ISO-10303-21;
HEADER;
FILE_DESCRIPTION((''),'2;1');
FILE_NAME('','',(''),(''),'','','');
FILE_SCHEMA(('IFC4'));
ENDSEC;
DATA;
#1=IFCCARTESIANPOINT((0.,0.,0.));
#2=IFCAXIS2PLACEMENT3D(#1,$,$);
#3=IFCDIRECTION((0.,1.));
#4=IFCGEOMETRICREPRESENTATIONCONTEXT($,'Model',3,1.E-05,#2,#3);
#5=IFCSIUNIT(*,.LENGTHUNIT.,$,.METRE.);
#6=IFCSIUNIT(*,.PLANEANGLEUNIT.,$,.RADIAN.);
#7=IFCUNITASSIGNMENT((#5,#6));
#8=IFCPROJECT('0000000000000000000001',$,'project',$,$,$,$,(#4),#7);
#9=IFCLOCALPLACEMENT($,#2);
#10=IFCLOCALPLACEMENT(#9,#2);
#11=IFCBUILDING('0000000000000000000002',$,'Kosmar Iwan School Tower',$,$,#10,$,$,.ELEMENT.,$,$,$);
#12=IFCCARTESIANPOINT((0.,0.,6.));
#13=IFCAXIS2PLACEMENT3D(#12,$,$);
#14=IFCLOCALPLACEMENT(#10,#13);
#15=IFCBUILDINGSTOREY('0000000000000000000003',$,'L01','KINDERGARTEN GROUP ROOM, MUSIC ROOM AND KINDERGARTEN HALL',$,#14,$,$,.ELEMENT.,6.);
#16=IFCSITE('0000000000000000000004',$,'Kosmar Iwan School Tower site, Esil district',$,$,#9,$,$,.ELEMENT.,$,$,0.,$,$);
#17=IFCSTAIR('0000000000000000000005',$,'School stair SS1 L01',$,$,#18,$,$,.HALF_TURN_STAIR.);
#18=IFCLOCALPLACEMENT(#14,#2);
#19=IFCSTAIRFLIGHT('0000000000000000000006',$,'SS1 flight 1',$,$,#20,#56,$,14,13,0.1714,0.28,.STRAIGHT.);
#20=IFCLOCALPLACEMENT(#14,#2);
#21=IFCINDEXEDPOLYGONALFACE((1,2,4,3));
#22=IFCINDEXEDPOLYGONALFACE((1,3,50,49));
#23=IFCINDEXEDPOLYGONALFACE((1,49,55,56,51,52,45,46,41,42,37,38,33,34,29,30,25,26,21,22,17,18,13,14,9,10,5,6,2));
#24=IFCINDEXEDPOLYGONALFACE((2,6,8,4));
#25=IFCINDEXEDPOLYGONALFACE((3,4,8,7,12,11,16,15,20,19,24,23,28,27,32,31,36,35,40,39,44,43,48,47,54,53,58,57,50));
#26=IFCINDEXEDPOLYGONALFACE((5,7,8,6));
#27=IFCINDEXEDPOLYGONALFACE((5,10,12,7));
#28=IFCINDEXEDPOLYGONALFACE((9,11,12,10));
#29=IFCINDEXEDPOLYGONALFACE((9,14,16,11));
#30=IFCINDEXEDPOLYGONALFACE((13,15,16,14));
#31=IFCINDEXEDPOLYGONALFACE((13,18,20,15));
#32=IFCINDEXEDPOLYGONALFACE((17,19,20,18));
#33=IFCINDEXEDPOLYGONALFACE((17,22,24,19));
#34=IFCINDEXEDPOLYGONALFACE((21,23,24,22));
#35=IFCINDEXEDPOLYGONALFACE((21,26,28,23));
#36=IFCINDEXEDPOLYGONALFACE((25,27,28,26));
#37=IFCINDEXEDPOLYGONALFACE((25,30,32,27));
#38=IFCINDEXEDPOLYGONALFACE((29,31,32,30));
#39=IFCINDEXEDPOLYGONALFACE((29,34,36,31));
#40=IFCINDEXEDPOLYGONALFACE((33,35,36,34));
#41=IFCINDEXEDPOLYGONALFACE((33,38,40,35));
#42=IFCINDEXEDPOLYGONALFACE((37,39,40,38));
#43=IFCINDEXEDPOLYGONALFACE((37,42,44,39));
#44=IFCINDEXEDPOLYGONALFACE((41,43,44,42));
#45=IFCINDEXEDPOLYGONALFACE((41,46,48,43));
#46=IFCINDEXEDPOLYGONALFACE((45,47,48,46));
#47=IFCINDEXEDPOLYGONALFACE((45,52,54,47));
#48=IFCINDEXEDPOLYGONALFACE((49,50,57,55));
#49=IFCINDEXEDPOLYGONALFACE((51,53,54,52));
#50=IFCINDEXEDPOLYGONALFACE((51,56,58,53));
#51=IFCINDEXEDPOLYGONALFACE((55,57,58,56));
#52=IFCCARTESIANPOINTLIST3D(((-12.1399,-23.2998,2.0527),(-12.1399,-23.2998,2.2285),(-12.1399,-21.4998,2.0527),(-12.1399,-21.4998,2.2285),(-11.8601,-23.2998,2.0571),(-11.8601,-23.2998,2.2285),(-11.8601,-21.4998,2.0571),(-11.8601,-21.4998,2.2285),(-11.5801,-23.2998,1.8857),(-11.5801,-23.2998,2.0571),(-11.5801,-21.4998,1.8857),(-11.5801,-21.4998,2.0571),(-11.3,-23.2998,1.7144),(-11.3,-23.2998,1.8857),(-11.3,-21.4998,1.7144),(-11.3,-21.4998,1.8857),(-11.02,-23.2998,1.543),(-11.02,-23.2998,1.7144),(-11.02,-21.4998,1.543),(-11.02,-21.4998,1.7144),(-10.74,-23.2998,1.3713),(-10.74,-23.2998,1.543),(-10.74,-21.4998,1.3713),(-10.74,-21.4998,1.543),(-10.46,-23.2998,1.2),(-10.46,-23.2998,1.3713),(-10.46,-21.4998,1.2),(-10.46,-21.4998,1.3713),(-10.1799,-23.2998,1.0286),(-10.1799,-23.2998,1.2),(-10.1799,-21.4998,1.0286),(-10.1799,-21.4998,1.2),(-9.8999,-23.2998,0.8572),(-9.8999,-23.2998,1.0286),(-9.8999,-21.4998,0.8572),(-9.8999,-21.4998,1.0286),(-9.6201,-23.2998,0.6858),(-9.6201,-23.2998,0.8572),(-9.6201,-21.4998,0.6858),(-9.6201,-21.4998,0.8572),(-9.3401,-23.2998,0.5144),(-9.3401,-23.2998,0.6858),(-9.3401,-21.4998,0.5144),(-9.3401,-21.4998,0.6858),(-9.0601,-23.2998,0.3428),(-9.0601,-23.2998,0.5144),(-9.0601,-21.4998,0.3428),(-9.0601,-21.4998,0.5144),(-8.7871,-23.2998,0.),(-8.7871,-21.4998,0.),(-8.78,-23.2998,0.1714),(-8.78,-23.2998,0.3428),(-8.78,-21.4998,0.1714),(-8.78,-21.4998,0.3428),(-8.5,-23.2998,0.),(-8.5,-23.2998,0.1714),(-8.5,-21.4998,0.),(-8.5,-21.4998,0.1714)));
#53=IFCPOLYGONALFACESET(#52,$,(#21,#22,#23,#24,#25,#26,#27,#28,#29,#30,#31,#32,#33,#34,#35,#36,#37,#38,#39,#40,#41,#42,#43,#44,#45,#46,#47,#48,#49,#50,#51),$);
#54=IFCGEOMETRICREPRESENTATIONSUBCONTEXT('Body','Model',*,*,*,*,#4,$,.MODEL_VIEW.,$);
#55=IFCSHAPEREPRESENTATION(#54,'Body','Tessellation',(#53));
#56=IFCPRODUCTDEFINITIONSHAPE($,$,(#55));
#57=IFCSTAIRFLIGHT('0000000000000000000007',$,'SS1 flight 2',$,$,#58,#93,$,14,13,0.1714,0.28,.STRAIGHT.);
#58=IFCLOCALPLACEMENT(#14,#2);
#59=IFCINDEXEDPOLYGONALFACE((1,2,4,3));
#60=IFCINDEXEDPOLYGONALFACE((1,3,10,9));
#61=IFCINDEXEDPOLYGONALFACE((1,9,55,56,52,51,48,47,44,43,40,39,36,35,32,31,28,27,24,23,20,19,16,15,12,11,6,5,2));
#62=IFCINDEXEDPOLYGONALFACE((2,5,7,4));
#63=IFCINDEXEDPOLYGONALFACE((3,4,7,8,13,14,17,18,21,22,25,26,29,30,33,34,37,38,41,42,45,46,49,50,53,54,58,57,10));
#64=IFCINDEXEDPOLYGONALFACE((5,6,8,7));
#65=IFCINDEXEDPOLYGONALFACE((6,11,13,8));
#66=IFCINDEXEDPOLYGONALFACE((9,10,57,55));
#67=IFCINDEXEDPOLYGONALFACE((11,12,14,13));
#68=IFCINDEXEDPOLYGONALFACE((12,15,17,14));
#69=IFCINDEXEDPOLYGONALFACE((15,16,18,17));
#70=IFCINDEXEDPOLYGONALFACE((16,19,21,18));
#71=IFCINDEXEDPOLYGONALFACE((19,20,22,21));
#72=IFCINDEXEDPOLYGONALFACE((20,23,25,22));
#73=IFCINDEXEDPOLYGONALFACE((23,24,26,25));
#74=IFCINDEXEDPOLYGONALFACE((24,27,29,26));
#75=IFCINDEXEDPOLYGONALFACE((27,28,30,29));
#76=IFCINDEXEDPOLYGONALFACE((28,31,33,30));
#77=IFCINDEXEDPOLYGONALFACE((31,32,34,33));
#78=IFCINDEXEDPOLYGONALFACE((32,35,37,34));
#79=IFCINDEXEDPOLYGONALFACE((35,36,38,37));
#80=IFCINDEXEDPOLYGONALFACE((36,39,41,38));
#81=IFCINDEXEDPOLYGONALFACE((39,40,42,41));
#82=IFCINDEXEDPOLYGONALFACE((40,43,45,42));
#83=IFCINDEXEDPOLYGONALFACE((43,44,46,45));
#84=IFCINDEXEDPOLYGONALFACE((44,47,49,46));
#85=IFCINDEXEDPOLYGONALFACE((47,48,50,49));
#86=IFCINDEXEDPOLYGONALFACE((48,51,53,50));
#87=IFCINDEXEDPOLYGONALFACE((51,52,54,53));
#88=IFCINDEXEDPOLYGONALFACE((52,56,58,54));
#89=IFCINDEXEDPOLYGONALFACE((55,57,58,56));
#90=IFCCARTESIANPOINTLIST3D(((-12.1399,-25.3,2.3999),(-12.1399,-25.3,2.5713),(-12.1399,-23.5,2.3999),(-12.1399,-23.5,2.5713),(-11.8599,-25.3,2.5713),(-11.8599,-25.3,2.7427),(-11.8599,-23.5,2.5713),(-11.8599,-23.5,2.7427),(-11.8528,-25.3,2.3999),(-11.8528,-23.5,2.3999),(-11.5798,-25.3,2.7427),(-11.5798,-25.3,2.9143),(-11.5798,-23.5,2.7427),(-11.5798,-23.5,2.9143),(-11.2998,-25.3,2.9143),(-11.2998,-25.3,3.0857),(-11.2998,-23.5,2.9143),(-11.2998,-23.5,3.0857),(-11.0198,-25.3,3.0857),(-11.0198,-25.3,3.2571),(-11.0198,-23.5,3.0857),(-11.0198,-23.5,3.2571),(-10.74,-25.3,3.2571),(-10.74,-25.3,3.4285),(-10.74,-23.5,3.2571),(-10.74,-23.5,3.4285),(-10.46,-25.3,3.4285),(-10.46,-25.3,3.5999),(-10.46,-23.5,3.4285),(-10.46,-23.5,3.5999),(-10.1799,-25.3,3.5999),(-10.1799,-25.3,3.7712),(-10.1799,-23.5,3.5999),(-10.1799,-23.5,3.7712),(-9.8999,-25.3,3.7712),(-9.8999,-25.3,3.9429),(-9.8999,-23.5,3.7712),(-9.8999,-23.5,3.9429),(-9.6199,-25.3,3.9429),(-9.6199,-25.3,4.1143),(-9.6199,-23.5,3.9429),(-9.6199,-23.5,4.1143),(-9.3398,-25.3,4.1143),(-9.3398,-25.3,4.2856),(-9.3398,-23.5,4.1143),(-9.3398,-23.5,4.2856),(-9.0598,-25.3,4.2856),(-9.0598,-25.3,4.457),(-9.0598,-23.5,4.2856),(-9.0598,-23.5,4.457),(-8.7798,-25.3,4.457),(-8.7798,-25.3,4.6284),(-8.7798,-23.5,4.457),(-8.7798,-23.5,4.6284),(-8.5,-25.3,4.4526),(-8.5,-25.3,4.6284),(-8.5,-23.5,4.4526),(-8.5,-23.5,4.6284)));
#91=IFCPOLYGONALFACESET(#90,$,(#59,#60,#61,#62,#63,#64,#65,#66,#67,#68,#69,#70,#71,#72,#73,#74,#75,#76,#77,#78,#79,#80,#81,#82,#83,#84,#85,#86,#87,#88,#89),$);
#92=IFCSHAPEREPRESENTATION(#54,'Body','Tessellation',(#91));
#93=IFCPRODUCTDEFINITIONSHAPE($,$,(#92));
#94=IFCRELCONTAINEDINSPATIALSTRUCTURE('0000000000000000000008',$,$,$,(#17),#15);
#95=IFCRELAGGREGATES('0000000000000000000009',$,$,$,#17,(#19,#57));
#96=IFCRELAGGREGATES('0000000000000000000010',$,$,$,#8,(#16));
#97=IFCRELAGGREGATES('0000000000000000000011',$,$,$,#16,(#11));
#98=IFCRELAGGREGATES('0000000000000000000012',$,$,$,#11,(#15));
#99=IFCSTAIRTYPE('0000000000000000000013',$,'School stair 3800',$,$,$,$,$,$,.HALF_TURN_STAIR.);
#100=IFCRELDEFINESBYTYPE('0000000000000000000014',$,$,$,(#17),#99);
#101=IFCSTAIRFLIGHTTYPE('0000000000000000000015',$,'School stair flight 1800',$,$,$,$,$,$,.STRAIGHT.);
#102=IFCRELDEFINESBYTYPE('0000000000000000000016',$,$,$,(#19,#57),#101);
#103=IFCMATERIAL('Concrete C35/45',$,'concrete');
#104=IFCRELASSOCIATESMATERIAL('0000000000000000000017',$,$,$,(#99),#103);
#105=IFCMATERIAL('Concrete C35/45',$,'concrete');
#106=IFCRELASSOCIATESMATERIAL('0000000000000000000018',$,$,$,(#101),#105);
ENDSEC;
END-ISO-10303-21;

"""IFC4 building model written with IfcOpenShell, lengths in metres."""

from ifc_helpers import new_model, si_unit, direction, frame, origin, place, context, subcontext, project, spatial, polyline, outline, extrude, material, type_object, element, aggregate, save


model = new_model("IFC4")

# Units and contexts
model_context = context("Model", 3, precision=1e-05, world=origin(), true_north=direction((0.0, 1.0)))
body_context = subcontext(model_context, "Body", "Model", "MODEL_VIEW")
ifc_project = project(units=[si_unit("LENGTHUNIT", "METRE"), si_unit("PLANEANGLEUNIT", "RADIAN")], contexts=[model_context])

# Site, building, storey
site_placement = place(None, origin())
site = spatial("IfcSite", under=ifc_project, at=site_placement, Name="Kosmar Iwan School Tower site, Esil district", CompositionType="ELEMENT", RefElevation=0.0)
building_placement = place(site_placement, origin())
building = spatial("IfcBuilding", under=site, at=building_placement, Name="Kosmar Iwan School Tower", CompositionType="ELEMENT")
storey_placement = place(building_placement, frame((0.0, 0.0, 6.0)))
storey = spatial("IfcBuildingStorey", under=building, at=storey_placement, Name="L01", Description="KINDERGARTEN GROUP ROOM, MUSIC ROOM AND KINDERGARTEN HALL", CompositionType="ELEMENT", Elevation=6.0)

# Stair, stair flights
ifc_material_1 = material(Name="Concrete C35/45", Category="concrete")
stair_type = type_object("IfcStairType", Name="School stair 3800", PredefinedType="HALF_TURN_STAIR", material=ifc_material_1)
stair_placement = place(storey_placement, origin())
stair = element("IfcStair", 1, at=stair_placement, inside=storey, type_object=stair_type, Name="School stair SS1 L01", PredefinedType="HALF_TURN_STAIR")
ifc_material_2 = material(Name="Concrete C35/45", Category="concrete")
stair_flight_type = type_object("IfcStairFlightType", Name="School stair flight 1800", PredefinedType="STRAIGHT", material=ifc_material_2)
stair_flight_1_placement = place(storey_placement, frame((-8.5, -22.3999, 0.0), z_axis=(0.0, 0.0, 1.0), x_axis=(-1.0, 0.0, 0.0)))
stair_flight_1 = element("IfcStairFlight", 2, at=stair_flight_1_placement, type_object=stair_flight_type, Name="SS1 flight 1", NumberOfRisers=14, NumberOfTreads=13, PredefinedType="STRAIGHT", RiserHeight=0.1714, TreadLength=0.28, context=body_context, shape_type="SweptSolid", body=[
    extrude(outline(polyline([(0.0, 0.0), (0.0, 0.1714), (0.28, 0.1714), (0.28, 0.3428), (0.5601, 0.3428), (0.5601, 0.5144), (0.8401, 0.5144), (0.8401, 0.6858), (1.1201, 0.6858), (1.1201, 0.8572), (1.3999, 0.8572), (1.3999, 1.0286), (1.6799, 1.0286), (1.6799, 1.2), (1.96, 1.2), (1.96, 1.3713), (2.24, 1.3713), (2.24, 1.543), (2.52, 1.543), (2.52, 1.7144), (2.8, 1.7144), (2.8, 1.8857), (3.0801, 1.8857), (3.0801, 2.0571), (3.3601, 2.0571), (3.3601, 2.2285), (3.6399, 2.2285), (3.6399, 2.3999), (3.6399, 2.0527), (0.2871, 0.0), (0.0, 0.0)])), frame((0.0, 0.8999, 0.0), z_axis=(0.0, -1.0, 0.0), x_axis=(1.0, 0.0, 0.0)), (0.0, 0.0, 1.0), 1.8),
])
stair_flight_2_placement = place(storey_placement, frame((-12.1399, -24.3999, 2.3999), z_axis=(0.0, 0.0, 1.0), x_axis=(1.0, 0.0, 0.0)))
stair_flight_2 = element("IfcStairFlight", 3, at=stair_flight_2_placement, type_object=stair_flight_type, Name="SS1 flight 2", NumberOfRisers=14, NumberOfTreads=13, PredefinedType="STRAIGHT", RiserHeight=0.1714, TreadLength=0.28, context=body_context, shape_type="SweptSolid", body=[
    extrude(outline(polyline([(0.0, 0.0), (0.0, 0.1714), (0.28, 0.1714), (0.28, 0.3428), (0.5601, 0.3428), (0.5601, 0.5144), (0.8401, 0.5144), (0.8401, 0.6858), (1.1201, 0.6858), (1.1201, 0.8572), (1.3999, 0.8572), (1.3999, 1.0286), (1.6799, 1.0286), (1.6799, 1.2), (1.96, 1.2), (1.96, 1.3713), (2.24, 1.3713), (2.24, 1.543), (2.52, 1.543), (2.52, 1.7144), (2.8, 1.7144), (2.8, 1.8857), (3.0801, 1.8857), (3.0801, 2.0571), (3.3601, 2.0571), (3.3601, 2.2285), (3.6399, 2.2285), (3.6399, 2.3999), (3.6399, 2.0527), (0.2871, 0.0), (0.0, 0.0)])), frame((0.0, 0.8999, 0.0), z_axis=(0.0, -1.0, 0.0), x_axis=(1.0, 0.0, 0.0)), (0.0, 0.0, 1.0), 1.8),
])
aggregate(stair, [stair_flight_1, stair_flight_2])

save(model, "model.ifc")
